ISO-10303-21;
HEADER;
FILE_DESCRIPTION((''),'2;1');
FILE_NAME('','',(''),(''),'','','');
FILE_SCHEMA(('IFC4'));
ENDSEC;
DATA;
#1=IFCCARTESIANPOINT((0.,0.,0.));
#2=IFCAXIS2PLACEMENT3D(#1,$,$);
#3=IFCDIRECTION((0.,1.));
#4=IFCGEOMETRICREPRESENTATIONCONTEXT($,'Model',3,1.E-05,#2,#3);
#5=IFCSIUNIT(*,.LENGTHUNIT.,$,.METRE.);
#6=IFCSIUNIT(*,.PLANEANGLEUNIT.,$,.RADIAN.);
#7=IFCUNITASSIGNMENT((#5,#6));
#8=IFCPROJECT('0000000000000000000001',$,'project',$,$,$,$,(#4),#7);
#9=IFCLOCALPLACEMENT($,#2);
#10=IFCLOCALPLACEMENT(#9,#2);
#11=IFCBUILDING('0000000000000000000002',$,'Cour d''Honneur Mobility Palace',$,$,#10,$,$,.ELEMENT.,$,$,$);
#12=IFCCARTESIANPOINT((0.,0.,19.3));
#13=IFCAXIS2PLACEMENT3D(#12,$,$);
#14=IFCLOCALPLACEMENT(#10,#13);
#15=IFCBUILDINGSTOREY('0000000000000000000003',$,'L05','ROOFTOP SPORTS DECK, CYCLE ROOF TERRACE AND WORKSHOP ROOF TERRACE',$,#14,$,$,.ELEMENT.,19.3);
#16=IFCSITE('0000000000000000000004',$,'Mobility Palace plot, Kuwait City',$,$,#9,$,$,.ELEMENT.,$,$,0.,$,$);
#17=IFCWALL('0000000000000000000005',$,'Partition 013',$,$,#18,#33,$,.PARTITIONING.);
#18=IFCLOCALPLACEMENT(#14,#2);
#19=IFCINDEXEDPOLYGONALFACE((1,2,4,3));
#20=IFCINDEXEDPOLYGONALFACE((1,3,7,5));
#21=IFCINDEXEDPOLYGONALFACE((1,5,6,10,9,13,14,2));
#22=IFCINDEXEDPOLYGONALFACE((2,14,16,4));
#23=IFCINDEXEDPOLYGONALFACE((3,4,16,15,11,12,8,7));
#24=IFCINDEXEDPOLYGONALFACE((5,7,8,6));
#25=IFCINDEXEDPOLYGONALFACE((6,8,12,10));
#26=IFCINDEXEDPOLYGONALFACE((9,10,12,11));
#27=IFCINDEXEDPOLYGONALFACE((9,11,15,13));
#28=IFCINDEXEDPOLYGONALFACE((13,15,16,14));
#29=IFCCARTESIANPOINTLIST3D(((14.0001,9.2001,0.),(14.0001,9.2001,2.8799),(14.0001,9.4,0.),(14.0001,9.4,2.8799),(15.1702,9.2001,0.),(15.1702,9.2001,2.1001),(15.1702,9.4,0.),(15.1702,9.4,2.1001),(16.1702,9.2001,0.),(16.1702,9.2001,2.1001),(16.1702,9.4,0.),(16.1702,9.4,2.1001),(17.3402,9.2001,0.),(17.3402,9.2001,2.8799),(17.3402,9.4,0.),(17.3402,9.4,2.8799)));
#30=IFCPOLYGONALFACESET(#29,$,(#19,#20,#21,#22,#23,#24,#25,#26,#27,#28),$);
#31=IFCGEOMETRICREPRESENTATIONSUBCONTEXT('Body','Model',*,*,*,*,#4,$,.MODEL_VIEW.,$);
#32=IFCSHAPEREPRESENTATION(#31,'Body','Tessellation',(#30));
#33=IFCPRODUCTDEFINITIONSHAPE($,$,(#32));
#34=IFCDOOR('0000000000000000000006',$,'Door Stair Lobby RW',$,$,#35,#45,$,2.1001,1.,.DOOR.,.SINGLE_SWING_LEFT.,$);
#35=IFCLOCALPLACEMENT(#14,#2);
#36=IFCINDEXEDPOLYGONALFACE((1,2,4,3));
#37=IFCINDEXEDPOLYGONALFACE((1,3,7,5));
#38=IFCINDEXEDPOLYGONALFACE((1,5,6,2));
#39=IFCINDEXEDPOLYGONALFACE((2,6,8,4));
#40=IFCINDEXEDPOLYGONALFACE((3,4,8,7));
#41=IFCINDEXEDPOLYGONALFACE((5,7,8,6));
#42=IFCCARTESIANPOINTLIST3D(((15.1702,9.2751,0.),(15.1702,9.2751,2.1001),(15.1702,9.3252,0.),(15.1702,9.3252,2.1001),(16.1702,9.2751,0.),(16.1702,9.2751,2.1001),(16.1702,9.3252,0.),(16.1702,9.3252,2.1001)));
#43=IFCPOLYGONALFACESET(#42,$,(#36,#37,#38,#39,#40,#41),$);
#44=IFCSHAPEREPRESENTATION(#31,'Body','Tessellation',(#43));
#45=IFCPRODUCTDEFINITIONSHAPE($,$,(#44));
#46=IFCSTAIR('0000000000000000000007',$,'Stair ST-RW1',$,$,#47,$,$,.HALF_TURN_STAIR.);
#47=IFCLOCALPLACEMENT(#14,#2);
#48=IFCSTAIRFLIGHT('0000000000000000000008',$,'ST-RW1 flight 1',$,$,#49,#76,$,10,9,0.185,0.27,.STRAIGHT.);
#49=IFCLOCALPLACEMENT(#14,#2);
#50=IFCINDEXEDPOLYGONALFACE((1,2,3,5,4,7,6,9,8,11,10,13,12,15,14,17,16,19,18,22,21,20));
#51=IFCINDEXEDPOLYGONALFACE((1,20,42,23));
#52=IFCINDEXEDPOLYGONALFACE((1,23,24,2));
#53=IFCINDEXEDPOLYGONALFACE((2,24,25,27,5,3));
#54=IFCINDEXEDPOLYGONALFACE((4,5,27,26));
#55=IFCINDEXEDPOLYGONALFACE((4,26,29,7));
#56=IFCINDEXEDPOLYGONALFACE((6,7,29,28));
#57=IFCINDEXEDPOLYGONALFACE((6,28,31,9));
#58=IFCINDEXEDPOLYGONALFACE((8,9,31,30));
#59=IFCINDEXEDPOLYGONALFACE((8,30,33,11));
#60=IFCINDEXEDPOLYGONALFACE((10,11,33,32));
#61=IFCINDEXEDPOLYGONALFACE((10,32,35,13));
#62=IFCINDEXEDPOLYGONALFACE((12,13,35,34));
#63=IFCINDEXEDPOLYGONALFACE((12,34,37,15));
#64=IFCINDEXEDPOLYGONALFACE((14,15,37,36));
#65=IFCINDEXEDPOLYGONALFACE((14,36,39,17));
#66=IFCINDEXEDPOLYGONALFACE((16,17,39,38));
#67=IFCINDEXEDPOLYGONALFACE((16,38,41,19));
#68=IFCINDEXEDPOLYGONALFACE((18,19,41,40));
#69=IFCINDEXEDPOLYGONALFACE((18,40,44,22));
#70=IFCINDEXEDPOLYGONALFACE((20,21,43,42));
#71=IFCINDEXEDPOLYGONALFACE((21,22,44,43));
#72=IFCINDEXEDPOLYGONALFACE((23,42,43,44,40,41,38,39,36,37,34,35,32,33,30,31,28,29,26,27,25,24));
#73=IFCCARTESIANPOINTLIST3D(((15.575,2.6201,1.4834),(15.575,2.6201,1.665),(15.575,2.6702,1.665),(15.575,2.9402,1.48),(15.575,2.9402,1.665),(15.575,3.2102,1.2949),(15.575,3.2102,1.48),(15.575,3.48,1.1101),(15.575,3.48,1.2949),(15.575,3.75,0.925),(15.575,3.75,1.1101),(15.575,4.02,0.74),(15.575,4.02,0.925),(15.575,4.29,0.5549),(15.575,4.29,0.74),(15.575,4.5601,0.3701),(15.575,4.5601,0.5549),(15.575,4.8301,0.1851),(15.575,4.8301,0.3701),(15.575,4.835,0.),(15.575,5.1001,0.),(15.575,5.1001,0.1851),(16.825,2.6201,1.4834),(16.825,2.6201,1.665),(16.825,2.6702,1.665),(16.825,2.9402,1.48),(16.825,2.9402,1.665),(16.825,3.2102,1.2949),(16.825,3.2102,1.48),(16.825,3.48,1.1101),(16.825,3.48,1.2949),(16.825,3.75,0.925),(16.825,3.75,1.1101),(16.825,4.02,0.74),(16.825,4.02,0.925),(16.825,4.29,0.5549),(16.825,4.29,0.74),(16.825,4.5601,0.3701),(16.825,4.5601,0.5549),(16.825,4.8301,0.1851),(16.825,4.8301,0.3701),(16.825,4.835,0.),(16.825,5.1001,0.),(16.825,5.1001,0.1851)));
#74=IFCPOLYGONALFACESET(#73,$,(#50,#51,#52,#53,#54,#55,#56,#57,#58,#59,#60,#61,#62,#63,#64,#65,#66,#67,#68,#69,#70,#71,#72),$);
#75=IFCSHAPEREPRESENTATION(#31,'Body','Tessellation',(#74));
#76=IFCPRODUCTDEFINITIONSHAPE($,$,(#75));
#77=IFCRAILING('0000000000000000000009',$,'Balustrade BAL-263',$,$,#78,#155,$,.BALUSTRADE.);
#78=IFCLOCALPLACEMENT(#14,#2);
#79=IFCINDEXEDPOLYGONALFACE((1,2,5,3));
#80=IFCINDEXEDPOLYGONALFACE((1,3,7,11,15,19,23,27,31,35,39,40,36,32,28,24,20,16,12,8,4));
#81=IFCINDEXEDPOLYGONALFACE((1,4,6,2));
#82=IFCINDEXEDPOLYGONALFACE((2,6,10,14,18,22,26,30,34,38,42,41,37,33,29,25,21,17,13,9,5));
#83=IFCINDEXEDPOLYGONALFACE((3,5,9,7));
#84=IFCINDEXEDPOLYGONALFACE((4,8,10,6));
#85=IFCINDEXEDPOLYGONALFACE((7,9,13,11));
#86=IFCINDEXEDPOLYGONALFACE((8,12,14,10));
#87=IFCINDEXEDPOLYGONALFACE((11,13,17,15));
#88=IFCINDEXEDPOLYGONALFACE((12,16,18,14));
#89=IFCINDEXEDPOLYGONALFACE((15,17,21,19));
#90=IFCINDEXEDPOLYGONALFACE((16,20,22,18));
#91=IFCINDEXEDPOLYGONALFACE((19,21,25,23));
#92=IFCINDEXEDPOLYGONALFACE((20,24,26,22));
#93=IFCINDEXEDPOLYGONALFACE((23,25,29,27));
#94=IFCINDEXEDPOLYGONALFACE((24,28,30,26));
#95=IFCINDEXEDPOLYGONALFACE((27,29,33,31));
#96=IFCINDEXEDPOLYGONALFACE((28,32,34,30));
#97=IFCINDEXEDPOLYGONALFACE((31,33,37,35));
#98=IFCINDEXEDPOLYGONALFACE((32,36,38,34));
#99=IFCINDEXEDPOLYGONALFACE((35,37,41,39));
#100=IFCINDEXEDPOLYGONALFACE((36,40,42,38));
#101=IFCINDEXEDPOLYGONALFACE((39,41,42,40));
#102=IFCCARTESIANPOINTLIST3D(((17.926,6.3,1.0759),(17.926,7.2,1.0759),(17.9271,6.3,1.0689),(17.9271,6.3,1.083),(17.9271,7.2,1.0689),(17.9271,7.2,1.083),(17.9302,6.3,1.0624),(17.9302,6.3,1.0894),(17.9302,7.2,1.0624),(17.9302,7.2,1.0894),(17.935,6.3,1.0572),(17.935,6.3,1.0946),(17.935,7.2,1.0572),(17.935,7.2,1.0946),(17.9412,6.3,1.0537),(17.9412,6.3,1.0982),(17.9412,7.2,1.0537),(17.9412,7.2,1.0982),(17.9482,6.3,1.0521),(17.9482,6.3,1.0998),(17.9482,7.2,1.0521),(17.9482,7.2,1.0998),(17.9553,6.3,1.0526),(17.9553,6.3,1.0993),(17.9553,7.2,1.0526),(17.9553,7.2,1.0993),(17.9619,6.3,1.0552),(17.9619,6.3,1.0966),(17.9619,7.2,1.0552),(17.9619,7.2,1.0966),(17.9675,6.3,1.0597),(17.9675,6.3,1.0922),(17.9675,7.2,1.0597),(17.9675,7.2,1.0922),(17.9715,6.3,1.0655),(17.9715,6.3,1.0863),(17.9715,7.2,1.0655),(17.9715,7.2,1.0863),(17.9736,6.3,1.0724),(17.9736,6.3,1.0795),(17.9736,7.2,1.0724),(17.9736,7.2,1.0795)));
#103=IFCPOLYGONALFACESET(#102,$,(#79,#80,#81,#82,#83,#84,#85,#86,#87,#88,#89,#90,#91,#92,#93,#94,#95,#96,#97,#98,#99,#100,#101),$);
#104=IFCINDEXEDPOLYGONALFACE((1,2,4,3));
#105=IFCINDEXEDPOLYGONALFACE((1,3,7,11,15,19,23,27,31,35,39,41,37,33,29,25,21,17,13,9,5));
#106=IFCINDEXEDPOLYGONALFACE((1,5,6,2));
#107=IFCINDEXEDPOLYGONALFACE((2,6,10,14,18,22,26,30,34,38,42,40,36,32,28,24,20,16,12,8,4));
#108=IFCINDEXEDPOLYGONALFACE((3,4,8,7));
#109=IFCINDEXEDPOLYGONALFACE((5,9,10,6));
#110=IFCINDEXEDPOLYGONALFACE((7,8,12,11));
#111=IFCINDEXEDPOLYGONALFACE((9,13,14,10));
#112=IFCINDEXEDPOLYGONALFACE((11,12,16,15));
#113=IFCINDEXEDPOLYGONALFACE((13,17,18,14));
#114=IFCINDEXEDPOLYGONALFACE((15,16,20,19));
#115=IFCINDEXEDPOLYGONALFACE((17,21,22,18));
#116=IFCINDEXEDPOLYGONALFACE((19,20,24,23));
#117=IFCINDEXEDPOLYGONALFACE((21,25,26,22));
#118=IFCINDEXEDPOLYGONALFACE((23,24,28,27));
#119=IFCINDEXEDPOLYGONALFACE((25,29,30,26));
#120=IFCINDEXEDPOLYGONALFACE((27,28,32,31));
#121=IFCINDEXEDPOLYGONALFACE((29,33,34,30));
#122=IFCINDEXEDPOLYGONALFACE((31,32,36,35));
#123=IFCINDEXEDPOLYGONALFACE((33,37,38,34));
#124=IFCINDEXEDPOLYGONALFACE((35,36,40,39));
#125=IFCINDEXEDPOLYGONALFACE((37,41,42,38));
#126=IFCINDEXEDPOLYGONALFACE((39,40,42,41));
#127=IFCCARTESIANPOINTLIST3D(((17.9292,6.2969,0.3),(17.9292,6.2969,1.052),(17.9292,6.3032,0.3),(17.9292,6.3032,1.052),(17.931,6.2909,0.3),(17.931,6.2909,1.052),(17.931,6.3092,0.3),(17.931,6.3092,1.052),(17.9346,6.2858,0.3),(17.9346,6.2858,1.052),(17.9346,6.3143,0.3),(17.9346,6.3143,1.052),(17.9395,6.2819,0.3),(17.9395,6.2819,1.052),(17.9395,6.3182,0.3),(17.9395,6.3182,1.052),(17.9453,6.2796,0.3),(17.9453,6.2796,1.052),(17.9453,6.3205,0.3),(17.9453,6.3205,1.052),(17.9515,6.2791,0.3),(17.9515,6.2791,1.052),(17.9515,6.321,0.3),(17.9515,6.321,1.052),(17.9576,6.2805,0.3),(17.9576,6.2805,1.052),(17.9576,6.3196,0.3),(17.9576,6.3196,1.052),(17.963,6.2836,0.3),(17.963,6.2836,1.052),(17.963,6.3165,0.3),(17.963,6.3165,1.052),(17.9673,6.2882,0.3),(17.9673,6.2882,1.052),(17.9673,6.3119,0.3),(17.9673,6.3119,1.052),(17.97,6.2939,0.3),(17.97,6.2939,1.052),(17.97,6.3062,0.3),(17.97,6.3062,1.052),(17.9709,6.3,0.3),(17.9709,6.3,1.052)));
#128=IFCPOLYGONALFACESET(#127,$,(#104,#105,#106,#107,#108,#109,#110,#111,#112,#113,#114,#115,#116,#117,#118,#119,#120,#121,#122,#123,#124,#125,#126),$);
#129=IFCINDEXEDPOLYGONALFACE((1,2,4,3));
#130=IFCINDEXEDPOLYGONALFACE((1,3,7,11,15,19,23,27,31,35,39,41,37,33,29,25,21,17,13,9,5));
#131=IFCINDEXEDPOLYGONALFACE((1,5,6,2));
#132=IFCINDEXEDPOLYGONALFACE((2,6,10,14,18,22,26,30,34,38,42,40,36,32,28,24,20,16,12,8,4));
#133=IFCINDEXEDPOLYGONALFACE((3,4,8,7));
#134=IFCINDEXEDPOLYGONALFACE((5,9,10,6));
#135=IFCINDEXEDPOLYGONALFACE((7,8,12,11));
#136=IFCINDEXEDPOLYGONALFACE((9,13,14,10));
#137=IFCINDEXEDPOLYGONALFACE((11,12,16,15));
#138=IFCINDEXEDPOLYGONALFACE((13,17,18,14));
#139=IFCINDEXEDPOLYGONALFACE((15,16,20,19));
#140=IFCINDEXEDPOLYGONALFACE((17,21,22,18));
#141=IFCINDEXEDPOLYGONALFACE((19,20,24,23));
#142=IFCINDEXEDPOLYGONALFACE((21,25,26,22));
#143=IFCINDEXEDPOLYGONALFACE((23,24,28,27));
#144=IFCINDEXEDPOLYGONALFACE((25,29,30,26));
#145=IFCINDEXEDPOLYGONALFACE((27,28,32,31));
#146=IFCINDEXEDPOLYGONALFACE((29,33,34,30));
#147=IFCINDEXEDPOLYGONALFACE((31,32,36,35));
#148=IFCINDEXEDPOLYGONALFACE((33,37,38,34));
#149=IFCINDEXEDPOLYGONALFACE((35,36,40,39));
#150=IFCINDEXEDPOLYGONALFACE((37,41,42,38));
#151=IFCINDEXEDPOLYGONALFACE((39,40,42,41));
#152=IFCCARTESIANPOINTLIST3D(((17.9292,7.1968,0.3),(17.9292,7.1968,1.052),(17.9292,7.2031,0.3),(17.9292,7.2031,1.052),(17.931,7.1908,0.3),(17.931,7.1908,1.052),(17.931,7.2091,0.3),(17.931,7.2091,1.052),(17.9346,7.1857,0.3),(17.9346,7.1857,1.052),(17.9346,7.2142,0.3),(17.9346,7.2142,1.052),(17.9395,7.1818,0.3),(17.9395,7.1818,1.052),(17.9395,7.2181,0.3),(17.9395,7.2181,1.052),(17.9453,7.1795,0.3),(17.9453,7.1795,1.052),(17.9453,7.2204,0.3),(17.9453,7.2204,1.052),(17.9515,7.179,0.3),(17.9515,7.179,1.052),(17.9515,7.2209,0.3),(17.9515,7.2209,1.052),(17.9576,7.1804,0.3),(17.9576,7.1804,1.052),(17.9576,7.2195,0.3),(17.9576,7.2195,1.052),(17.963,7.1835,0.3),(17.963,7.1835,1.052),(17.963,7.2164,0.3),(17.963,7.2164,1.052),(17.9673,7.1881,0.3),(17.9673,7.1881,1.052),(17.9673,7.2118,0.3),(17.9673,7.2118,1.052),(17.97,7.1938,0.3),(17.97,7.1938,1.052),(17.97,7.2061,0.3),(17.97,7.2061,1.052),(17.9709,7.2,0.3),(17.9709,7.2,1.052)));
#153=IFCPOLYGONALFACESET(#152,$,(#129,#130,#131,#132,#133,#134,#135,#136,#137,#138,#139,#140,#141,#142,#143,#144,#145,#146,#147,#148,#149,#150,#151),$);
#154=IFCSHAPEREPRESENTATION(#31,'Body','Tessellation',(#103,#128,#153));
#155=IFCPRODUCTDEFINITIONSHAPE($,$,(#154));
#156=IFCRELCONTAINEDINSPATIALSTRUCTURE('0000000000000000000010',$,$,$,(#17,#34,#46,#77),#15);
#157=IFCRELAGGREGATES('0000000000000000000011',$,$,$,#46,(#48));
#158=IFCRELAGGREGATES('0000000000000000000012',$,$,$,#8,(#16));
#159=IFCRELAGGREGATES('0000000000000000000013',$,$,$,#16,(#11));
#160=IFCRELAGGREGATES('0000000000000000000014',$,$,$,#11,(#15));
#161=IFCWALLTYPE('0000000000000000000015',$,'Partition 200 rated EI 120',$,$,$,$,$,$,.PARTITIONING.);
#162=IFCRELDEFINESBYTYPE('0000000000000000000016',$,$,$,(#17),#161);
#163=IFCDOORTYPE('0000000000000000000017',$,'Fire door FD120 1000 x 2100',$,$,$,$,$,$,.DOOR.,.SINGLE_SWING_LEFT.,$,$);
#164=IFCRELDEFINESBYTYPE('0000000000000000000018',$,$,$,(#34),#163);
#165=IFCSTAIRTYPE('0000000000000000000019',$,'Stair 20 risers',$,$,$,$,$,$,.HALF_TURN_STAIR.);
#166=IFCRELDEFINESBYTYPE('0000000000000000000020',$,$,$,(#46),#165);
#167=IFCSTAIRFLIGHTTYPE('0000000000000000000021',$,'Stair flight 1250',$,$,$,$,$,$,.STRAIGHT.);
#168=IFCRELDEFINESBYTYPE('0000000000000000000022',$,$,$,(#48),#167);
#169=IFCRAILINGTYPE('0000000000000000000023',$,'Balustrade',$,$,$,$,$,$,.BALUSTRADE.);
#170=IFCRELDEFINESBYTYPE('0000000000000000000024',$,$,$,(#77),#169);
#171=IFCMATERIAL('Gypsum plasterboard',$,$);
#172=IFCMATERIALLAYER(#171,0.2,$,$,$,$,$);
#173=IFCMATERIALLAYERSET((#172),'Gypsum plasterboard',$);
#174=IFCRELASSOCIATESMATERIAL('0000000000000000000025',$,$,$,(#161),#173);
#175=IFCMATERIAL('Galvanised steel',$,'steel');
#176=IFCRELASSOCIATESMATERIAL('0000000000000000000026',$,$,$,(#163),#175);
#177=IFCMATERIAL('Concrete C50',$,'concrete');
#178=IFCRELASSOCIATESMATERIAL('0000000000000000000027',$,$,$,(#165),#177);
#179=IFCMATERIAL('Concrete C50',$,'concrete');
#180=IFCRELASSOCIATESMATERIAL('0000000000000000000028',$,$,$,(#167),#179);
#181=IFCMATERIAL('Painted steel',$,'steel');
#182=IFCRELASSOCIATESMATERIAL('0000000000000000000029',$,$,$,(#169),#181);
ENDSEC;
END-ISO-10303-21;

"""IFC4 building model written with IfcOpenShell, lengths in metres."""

from ifc_helpers import new_model, si_unit, direction, frame, frame_2d, origin, origin_2d, place, context, subcontext, project, spatial, polyline, rectangle, circle, outline, extrude, material, layer, layer_set, type_object, element, fill, aggregate, save


model = new_model("IFC4")

# Units and contexts
model_context = context("Model", 3, precision=1e-05, world=origin(), true_north=direction((0.0, 1.0)))
body_context = subcontext(model_context, "Body", "Model", "MODEL_VIEW")
ifc_project = project(units=[si_unit("LENGTHUNIT", "METRE"), si_unit("PLANEANGLEUNIT", "RADIAN")], contexts=[model_context])

# Site, building, storey
site_placement = place(None, origin())
site = spatial("IfcSite", under=ifc_project, at=site_placement, Name="Mobility Palace plot, Kuwait City", CompositionType="ELEMENT", RefElevation=0.0)
building_placement = place(site_placement, origin())
building = spatial("IfcBuilding", under=site, at=building_placement, Name="Cour d'Honneur Mobility Palace", CompositionType="ELEMENT")
storey_placement = place(building_placement, frame((0.0, 0.0, 19.3)))
storey = spatial("IfcBuildingStorey", under=building, at=storey_placement, Name="L05", Description="ROOFTOP SPORTS DECK, CYCLE ROOF TERRACE AND WORKSHOP ROOF TERRACE", CompositionType="ELEMENT", Elevation=19.3)

# Shared definitions
ifc_material_1 = material(Name="Gypsum plasterboard")
ifc_layer_1 = layer(ifc_material_1, 0.2)
ifc_layer_set_1 = layer_set([ifc_layer_1], Name="Gypsum plasterboard")
wall_type = type_object("IfcWallType", Name="Partition 200 rated EI 120", PredefinedType="PARTITIONING", material=ifc_layer_set_1)

# Wall, opening, door
wall_1_placement = place(storey_placement, frame((17.3401, 9.3, 0.0), z_axis=(0.0, 0.0, 1.0), x_axis=(-1.0, 0.0, 0.0)))
wall_1 = element("IfcWall", 1, at=wall_1_placement, inside=storey, type_object=wall_type, Name="Partition 013", PredefinedType="PARTITIONING", context=body_context, shape_type="SweptSolid", body=[
    extrude(rectangle(XDim=3.3401, YDim=0.2, at=frame_2d((1.6699, 0.0))), origin(), (0.0, 0.0, 1.0), 2.8799),
])
opening_placement = place(wall_1_placement, frame((1.1699, 0.0, 0.0)))
opening = element("IfcOpeningElement", 2, at=opening_placement, cuts=wall_1, PredefinedType="OPENING", context=body_context, shape_type="SweptSolid", body=[
    extrude(rectangle(XDim=1.0, YDim=2.1001, at=frame_2d((0.5, 1.05))), frame((0.0, 0.1099, 0.0), z_axis=(0.0, -1.0, 0.0), x_axis=(1.0, 0.0, 0.0)), (0.0, 0.0, 1.0), 0.22),
])
ifc_material_2 = material(Name="Galvanised steel", Category="steel")
door_type = type_object("IfcDoorType", Name="Fire door FD120 1000 x 2100", OperationType="SINGLE_SWING_LEFT", PredefinedType="DOOR", material=ifc_material_2)
door_placement = place(opening_placement, origin())
door = element("IfcDoor", 3, at=door_placement, inside=storey, type_object=door_type, Name="Door Stair Lobby RW", OperationType="SINGLE_SWING_LEFT", OverallHeight=2.1001, OverallWidth=1.0, PredefinedType="DOOR", context=body_context, shape_type="SweptSolid", body=[
    extrude(rectangle(XDim=1.0, YDim=2.1001, at=frame_2d((0.5, 1.05))), frame((0.0, 0.0249, 0.0), z_axis=(0.0, -1.0, 0.0), x_axis=(1.0, 0.0, 0.0)), (0.0, 0.0, 1.0), 0.05),
])
fill(opening, door)

# Stair, stair flight
ifc_material_3 = material(Name="Concrete C50", Category="concrete")
stair_type = type_object("IfcStairType", Name="Stair 20 risers", PredefinedType="HALF_TURN_STAIR", material=ifc_material_3)
stair_placement = place(storey_placement, origin())
stair = element("IfcStair", 4, at=stair_placement, inside=storey, type_object=stair_type, Name="Stair ST-RW1", PredefinedType="HALF_TURN_STAIR")
ifc_material_4 = material(Name="Concrete C50", Category="concrete")
stair_flight_type = type_object("IfcStairFlightType", Name="Stair flight 1250", PredefinedType="STRAIGHT", material=ifc_material_4)
stair_flight_placement = place(storey_placement, frame((16.2, 5.1001, 0.0), z_axis=(0.0, 0.0, 1.0), x_axis=(0.0, -1.0, 0.0)))
stair_flight = element("IfcStairFlight", 5, at=stair_flight_placement, type_object=stair_flight_type, Name="ST-RW1 flight 1", NumberOfRisers=10, NumberOfTreads=9, PredefinedType="STRAIGHT", RiserHeight=0.185, TreadLength=0.27, context=body_context, shape_type="SweptSolid", body=[
    extrude(outline(polyline([(0.0, 0.0), (0.0, 0.1851), (0.27, 0.1851), (0.27, 0.3701), (0.54, 0.3701), (0.54, 0.5549), (0.8101, 0.5549), (0.8101, 0.74), (1.0801, 0.74), (1.0801, 0.925), (1.3501, 0.925), (1.3501, 1.1101), (1.6201, 1.1101), (1.6201, 1.2949), (1.8899, 1.2949), (1.8899, 1.48), (2.1599, 1.48), (2.1599, 1.665), (2.4299, 1.665), (2.48, 1.665), (2.48, 1.4834), (0.2651, 0.0), (0.0, 0.0)])), frame((0.0, 0.625, 0.0), z_axis=(0.0, -1.0, 0.0), x_axis=(1.0, 0.0, 0.0)), (0.0, 0.0, 1.0), 1.25),
])
aggregate(stair, [stair_flight])

# Railing
ifc_material_5 = material(Name="Painted steel", Category="steel")
railing_type_1 = type_object("IfcRailingType", Name="Balustrade", PredefinedType="BALUSTRADE", material=ifc_material_5)
railing_1_placement = place(storey_placement, frame((17.95, 6.3, 0.3)))
element("IfcRailing", 6, at=railing_1_placement, inside=storey, type_object=railing_type_1, Name="Balustrade BAL-263", PredefinedType="BALUSTRADE", context=body_context, shape_type="SweptSolid", body=[
    extrude(circle(Radius=0.0239, at=origin_2d()), frame((0.0, 0.0, 0.7759), z_axis=(0.0, 1.0, 0.0), x_axis=(-1.0, 0.0, 0.0)), (0.0, 0.0, 1.0), 0.8999),
    extrude(circle(Radius=0.021, at=origin_2d()), origin(), (0.0, 0.0, 1.0), 0.752),
    extrude(circle(Radius=0.021, at=origin_2d()), frame((0.0, 0.8999, 0.0)), (0.0, 0.0, 1.0), 0.752),
])

save(model, "model.ifc")
